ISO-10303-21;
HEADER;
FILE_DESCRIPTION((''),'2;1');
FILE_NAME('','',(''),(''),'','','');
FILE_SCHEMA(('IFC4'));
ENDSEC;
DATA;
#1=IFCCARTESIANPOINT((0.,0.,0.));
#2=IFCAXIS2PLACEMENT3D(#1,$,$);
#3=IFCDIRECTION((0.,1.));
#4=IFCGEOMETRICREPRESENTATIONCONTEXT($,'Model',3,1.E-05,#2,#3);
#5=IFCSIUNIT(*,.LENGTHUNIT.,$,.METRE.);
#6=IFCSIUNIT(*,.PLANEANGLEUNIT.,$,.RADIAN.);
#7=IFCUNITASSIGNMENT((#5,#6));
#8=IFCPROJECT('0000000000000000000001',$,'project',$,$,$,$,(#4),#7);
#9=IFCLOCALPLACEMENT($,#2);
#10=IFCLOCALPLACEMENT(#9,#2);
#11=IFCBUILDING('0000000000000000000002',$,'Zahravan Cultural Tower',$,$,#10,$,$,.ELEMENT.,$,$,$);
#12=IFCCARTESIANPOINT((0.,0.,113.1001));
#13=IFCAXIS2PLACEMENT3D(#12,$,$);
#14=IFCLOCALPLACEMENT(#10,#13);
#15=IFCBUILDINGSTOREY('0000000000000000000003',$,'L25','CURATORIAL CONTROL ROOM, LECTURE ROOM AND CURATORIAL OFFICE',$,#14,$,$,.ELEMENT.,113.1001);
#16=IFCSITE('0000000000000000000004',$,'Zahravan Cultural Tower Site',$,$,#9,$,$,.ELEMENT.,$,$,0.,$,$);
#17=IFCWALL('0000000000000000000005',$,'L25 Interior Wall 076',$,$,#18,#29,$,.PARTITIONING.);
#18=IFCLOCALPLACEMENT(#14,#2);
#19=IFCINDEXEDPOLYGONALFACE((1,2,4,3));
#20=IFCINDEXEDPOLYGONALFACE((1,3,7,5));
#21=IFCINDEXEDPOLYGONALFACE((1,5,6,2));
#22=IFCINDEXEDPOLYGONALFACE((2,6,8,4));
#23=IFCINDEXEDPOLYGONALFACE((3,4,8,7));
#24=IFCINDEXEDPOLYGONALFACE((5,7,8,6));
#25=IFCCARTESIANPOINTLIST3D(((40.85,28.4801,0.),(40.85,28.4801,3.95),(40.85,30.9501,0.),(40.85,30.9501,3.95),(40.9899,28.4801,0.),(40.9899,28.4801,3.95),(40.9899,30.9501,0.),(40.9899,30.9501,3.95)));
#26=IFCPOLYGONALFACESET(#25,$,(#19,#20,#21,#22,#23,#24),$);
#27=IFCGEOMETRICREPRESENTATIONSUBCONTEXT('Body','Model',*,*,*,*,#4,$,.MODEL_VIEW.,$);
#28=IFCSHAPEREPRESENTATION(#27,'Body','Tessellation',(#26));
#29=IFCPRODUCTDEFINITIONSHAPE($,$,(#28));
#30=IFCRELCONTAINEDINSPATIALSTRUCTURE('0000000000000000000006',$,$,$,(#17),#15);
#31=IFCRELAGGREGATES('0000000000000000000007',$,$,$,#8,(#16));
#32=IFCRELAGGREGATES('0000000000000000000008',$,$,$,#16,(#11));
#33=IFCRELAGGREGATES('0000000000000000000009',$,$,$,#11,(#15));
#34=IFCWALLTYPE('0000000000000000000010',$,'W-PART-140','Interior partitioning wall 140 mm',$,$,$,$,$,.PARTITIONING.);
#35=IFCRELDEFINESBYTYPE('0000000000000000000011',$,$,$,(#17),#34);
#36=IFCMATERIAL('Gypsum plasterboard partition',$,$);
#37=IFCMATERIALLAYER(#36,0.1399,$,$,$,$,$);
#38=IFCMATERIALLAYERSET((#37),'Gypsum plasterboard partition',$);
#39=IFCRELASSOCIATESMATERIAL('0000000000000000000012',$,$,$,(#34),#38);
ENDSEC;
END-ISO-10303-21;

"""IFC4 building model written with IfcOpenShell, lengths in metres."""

from ifc_helpers import new_model, si_unit, direction, frame, frame_2d, origin, place, context, subcontext, project, spatial, rectangle, extrude, source, transform, mapped, material, layer, layer_set, type_object, element, save


model = new_model("IFC4")

# Units and contexts
model_context = context("Model", 3, precision=1e-05, world=origin(), true_north=direction((0.0, 1.0)))
body_context = subcontext(model_context, "Body", "Model", "MODEL_VIEW")
ifc_project = project(units=[si_unit("LENGTHUNIT", "METRE"), si_unit("PLANEANGLEUNIT", "RADIAN")], contexts=[model_context])

# Site, building, storey
site_placement = place(None, origin())
site = spatial("IfcSite", under=ifc_project, at=site_placement, Name="Zahravan Cultural Tower Site", CompositionType="ELEMENT", RefElevation=0.0)
building_placement = place(site_placement, origin())
building = spatial("IfcBuilding", under=site, at=building_placement, Name="Zahravan Cultural Tower", CompositionType="ELEMENT")
storey_placement = place(building_placement, frame((0.0, 0.0, 113.1001)))
storey = spatial("IfcBuildingStorey", under=building, at=storey_placement, Name="L25", Description="CURATORIAL CONTROL ROOM, LECTURE ROOM AND CURATORIAL OFFICE", CompositionType="ELEMENT", Elevation=113.1001)

# Shared definitions
ifc_material_1 = material(Name="Gypsum plasterboard partition")
ifc_layer_1 = layer(ifc_material_1, 0.1399)
ifc_layer_set_1 = layer_set([ifc_layer_1], Name="Gypsum plasterboard partition")
wall_type_1 = type_object("IfcWallType", Name="W-PART-140", Description="Interior partitioning wall 140 mm", PredefinedType="PARTITIONING", material=ifc_layer_set_1)

# Wall
shared_shape_1 = source(origin(), body_context, "Body", "SweptSolid", [
    extrude(rectangle(XDim=2.47, YDim=0.1399, at=frame_2d((1.2349, 0.0))), origin(), (0.0, 0.0, 1.0), 3.95),
])
wall_1_placement = place(storey_placement, frame((40.9199, 30.95, 0.0), z_axis=(0.0, 0.0, 1.0), x_axis=(0.0, -1.0, 0.0)))
element("IfcWall", 1, at=wall_1_placement, inside=storey, type_object=wall_type_1, Name="L25 Interior Wall 076", PredefinedType="PARTITIONING", context=body_context, shape_type="MappedRepresentation", body=[
    mapped(shared_shape_1, transform((0.0, 0.0, 0.0), x_axis=(1.0, 0.0, 0.0), y_axis=(0.0, 1.0, 0.0), z_axis=(0.0, 0.0, 1.0), scale=1.0)),
])

save(model, "model.ifc")
